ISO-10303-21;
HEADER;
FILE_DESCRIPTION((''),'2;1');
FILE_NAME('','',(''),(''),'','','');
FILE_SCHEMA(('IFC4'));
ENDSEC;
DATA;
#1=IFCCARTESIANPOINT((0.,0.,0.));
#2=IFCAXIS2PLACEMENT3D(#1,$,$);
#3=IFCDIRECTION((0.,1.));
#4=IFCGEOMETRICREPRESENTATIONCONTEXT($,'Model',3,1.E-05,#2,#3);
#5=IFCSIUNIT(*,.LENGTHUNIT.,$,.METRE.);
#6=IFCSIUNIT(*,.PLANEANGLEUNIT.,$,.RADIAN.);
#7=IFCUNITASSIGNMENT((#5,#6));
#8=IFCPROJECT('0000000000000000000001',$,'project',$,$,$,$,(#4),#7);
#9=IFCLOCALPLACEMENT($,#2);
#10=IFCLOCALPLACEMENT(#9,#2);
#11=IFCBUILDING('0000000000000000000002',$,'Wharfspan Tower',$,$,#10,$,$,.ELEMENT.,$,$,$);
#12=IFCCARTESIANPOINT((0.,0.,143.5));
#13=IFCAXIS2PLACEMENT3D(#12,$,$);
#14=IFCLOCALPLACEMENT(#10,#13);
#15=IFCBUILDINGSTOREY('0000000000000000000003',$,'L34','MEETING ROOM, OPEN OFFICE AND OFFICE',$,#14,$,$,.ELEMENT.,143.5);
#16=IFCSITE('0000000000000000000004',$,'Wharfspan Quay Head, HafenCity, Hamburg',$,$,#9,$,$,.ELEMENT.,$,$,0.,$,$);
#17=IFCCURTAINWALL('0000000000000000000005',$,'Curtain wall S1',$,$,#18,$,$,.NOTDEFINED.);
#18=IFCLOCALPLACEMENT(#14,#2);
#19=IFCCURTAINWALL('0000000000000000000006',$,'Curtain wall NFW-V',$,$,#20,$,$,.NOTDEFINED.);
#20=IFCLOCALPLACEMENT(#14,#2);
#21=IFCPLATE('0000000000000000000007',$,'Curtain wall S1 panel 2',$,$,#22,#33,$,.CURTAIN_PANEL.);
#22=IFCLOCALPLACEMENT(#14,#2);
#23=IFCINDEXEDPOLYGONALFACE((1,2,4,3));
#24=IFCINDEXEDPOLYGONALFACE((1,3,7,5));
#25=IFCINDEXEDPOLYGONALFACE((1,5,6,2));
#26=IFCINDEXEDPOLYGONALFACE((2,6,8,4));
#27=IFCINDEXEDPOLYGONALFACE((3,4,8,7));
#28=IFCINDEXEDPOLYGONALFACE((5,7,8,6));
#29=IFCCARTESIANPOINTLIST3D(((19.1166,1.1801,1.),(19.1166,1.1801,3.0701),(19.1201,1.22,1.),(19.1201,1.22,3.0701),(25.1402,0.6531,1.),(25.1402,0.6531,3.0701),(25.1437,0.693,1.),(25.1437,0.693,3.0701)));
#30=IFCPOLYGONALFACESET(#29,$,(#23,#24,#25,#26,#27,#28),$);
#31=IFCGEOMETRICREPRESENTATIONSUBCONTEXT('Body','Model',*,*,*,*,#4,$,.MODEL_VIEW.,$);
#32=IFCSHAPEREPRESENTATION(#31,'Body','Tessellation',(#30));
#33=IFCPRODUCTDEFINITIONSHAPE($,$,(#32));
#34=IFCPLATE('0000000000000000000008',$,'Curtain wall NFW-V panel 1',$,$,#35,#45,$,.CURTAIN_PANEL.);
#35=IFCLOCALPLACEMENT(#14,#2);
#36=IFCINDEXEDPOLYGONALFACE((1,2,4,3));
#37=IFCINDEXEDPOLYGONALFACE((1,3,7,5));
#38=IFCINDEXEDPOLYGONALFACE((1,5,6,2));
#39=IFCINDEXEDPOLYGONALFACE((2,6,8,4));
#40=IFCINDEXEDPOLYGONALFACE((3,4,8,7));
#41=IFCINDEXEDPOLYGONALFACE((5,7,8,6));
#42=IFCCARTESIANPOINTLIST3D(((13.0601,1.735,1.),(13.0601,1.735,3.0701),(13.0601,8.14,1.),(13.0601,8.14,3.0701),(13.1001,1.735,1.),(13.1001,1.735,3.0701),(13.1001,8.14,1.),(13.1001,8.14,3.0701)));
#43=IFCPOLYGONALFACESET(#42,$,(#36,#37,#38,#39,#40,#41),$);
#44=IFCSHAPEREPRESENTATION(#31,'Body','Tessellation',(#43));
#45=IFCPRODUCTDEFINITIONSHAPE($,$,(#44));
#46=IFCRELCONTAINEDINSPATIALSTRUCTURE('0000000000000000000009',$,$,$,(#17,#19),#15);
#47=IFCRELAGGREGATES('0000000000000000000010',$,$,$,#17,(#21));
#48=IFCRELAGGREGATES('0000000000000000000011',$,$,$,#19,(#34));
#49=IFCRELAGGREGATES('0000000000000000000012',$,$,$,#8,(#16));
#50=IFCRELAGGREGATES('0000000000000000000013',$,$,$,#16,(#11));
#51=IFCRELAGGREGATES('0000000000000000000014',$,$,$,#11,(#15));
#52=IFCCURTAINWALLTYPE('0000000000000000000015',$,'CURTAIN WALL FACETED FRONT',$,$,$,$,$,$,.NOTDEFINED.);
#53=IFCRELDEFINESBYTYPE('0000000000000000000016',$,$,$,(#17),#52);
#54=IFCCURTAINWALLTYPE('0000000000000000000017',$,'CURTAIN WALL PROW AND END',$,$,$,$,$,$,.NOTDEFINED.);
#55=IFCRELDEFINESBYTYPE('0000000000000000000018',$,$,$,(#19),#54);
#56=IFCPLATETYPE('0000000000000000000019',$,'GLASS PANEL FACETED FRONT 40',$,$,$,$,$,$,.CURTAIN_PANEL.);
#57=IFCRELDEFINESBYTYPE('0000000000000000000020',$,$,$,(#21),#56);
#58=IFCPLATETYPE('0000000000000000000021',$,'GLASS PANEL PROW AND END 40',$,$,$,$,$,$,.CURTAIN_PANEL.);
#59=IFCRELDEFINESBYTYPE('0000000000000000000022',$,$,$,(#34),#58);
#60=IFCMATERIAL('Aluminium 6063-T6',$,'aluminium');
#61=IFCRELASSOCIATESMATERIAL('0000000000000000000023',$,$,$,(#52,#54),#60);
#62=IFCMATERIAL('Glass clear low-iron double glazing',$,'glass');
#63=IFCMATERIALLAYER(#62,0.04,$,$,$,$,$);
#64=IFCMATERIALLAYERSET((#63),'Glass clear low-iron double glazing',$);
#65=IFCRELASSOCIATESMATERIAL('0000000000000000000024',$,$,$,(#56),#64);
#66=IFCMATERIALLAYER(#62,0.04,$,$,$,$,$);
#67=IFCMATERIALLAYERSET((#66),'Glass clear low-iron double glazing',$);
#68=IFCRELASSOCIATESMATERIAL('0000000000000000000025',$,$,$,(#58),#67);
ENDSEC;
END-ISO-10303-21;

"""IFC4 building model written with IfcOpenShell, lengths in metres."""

from ifc_helpers import new_model, si_unit, direction, frame, origin, origin_2d, place, context, subcontext, project, spatial, rectangle, extrude, material, layer, layer_set, type_object, element, aggregate, save


model = new_model("IFC4")

# Units and contexts
model_context = context("Model", 3, precision=1e-05, world=origin(), true_north=direction((0.0, 1.0)))
body_context = subcontext(model_context, "Body", "Model", "MODEL_VIEW")
ifc_project = project(units=[si_unit("LENGTHUNIT", "METRE"), si_unit("PLANEANGLEUNIT", "RADIAN")], contexts=[model_context])

# Site, building, storey
site_placement = place(None, origin())
site = spatial("IfcSite", under=ifc_project, at=site_placement, Name="Wharfspan Quay Head, HafenCity, Hamburg", CompositionType="ELEMENT", RefElevation=0.0)
building_placement = place(site_placement, origin())
building = spatial("IfcBuilding", under=site, at=building_placement, Name="Wharfspan Tower", CompositionType="ELEMENT")
storey_placement = place(building_placement, frame((0.0, 0.0, 143.5)))
storey = spatial("IfcBuildingStorey", under=building, at=storey_placement, Name="L34", Description="MEETING ROOM, OPEN OFFICE AND OFFICE", CompositionType="ELEMENT", Elevation=143.5)

# Curtain wall
ifc_material_1 = material(Name="Aluminium 6063-T6", Category="aluminium")
curtain_wall_type_1 = type_object("IfcCurtainWallType", Name="CURTAIN WALL FACETED FRONT", PredefinedType="NOTDEFINED", material=ifc_material_1)
curtain_wall_1_placement = place(storey_placement, origin())
curtain_wall_1 = element("IfcCurtainWall", 1, at=curtain_wall_1_placement, inside=storey, type_object=curtain_wall_type_1, Name="Curtain wall S1", PredefinedType="NOTDEFINED")

# Curtain wall
curtain_wall_type_2 = type_object("IfcCurtainWallType", Name="CURTAIN WALL PROW AND END", PredefinedType="NOTDEFINED", material=ifc_material_1)
curtain_wall_2_placement = place(storey_placement, origin())
curtain_wall_2 = element("IfcCurtainWall", 2, at=curtain_wall_2_placement, inside=storey, type_object=curtain_wall_type_2, Name="Curtain wall NFW-V", PredefinedType="NOTDEFINED")

# Plates
ifc_material_2 = material(Name="Glass clear low-iron double glazing", Category="glass")
ifc_layer_1 = layer(ifc_material_2, 0.04)
ifc_layer_set_1 = layer_set([ifc_layer_1], Name="Glass clear low-iron double glazing")
plate_type_1 = type_object("IfcPlateType", Name="GLASS PANEL FACETED FRONT 40", PredefinedType="CURTAIN_PANEL", material=ifc_layer_set_1)
plate_1_placement = place(storey_placement, frame((22.1301, 0.9365, 1.0), z_axis=(0.0, 0.0, 1.0), x_axis=(0.996198, -0.087156, 0.0)))
plate_1 = element("IfcPlate", 3, at=plate_1_placement, type_object=plate_type_1, Name="Curtain wall S1 panel 2", PredefinedType="CURTAIN_PANEL", context=body_context, shape_type="SweptSolid", body=[
    extrude(rectangle(XDim=6.0466, YDim=0.04, at=origin_2d()), origin(), (0.0, 0.0, 1.0), 2.0701),
])
aggregate(curtain_wall_1, [plate_1])
ifc_layer_2 = layer(ifc_material_2, 0.04)
ifc_layer_set_2 = layer_set([ifc_layer_2], Name="Glass clear low-iron double glazing")
plate_type_2 = type_object("IfcPlateType", Name="GLASS PANEL PROW AND END 40", PredefinedType="CURTAIN_PANEL", material=ifc_layer_set_2)
plate_2_placement = place(storey_placement, frame((13.0801, 4.9375, 1.0), z_axis=(0.0, 0.0, 1.0), x_axis=(0.0, -1.0, 0.0)))
plate_2 = element("IfcPlate", 4, at=plate_2_placement, type_object=plate_type_2, Name="Curtain wall NFW-V panel 1", PredefinedType="CURTAIN_PANEL", context=body_context, shape_type="SweptSolid", body=[
    extrude(rectangle(XDim=6.405, YDim=0.04, at=origin_2d()), origin(), (0.0, 0.0, 1.0), 2.0701),
])
aggregate(curtain_wall_2, [plate_2])

save(model, "model.ifc")
